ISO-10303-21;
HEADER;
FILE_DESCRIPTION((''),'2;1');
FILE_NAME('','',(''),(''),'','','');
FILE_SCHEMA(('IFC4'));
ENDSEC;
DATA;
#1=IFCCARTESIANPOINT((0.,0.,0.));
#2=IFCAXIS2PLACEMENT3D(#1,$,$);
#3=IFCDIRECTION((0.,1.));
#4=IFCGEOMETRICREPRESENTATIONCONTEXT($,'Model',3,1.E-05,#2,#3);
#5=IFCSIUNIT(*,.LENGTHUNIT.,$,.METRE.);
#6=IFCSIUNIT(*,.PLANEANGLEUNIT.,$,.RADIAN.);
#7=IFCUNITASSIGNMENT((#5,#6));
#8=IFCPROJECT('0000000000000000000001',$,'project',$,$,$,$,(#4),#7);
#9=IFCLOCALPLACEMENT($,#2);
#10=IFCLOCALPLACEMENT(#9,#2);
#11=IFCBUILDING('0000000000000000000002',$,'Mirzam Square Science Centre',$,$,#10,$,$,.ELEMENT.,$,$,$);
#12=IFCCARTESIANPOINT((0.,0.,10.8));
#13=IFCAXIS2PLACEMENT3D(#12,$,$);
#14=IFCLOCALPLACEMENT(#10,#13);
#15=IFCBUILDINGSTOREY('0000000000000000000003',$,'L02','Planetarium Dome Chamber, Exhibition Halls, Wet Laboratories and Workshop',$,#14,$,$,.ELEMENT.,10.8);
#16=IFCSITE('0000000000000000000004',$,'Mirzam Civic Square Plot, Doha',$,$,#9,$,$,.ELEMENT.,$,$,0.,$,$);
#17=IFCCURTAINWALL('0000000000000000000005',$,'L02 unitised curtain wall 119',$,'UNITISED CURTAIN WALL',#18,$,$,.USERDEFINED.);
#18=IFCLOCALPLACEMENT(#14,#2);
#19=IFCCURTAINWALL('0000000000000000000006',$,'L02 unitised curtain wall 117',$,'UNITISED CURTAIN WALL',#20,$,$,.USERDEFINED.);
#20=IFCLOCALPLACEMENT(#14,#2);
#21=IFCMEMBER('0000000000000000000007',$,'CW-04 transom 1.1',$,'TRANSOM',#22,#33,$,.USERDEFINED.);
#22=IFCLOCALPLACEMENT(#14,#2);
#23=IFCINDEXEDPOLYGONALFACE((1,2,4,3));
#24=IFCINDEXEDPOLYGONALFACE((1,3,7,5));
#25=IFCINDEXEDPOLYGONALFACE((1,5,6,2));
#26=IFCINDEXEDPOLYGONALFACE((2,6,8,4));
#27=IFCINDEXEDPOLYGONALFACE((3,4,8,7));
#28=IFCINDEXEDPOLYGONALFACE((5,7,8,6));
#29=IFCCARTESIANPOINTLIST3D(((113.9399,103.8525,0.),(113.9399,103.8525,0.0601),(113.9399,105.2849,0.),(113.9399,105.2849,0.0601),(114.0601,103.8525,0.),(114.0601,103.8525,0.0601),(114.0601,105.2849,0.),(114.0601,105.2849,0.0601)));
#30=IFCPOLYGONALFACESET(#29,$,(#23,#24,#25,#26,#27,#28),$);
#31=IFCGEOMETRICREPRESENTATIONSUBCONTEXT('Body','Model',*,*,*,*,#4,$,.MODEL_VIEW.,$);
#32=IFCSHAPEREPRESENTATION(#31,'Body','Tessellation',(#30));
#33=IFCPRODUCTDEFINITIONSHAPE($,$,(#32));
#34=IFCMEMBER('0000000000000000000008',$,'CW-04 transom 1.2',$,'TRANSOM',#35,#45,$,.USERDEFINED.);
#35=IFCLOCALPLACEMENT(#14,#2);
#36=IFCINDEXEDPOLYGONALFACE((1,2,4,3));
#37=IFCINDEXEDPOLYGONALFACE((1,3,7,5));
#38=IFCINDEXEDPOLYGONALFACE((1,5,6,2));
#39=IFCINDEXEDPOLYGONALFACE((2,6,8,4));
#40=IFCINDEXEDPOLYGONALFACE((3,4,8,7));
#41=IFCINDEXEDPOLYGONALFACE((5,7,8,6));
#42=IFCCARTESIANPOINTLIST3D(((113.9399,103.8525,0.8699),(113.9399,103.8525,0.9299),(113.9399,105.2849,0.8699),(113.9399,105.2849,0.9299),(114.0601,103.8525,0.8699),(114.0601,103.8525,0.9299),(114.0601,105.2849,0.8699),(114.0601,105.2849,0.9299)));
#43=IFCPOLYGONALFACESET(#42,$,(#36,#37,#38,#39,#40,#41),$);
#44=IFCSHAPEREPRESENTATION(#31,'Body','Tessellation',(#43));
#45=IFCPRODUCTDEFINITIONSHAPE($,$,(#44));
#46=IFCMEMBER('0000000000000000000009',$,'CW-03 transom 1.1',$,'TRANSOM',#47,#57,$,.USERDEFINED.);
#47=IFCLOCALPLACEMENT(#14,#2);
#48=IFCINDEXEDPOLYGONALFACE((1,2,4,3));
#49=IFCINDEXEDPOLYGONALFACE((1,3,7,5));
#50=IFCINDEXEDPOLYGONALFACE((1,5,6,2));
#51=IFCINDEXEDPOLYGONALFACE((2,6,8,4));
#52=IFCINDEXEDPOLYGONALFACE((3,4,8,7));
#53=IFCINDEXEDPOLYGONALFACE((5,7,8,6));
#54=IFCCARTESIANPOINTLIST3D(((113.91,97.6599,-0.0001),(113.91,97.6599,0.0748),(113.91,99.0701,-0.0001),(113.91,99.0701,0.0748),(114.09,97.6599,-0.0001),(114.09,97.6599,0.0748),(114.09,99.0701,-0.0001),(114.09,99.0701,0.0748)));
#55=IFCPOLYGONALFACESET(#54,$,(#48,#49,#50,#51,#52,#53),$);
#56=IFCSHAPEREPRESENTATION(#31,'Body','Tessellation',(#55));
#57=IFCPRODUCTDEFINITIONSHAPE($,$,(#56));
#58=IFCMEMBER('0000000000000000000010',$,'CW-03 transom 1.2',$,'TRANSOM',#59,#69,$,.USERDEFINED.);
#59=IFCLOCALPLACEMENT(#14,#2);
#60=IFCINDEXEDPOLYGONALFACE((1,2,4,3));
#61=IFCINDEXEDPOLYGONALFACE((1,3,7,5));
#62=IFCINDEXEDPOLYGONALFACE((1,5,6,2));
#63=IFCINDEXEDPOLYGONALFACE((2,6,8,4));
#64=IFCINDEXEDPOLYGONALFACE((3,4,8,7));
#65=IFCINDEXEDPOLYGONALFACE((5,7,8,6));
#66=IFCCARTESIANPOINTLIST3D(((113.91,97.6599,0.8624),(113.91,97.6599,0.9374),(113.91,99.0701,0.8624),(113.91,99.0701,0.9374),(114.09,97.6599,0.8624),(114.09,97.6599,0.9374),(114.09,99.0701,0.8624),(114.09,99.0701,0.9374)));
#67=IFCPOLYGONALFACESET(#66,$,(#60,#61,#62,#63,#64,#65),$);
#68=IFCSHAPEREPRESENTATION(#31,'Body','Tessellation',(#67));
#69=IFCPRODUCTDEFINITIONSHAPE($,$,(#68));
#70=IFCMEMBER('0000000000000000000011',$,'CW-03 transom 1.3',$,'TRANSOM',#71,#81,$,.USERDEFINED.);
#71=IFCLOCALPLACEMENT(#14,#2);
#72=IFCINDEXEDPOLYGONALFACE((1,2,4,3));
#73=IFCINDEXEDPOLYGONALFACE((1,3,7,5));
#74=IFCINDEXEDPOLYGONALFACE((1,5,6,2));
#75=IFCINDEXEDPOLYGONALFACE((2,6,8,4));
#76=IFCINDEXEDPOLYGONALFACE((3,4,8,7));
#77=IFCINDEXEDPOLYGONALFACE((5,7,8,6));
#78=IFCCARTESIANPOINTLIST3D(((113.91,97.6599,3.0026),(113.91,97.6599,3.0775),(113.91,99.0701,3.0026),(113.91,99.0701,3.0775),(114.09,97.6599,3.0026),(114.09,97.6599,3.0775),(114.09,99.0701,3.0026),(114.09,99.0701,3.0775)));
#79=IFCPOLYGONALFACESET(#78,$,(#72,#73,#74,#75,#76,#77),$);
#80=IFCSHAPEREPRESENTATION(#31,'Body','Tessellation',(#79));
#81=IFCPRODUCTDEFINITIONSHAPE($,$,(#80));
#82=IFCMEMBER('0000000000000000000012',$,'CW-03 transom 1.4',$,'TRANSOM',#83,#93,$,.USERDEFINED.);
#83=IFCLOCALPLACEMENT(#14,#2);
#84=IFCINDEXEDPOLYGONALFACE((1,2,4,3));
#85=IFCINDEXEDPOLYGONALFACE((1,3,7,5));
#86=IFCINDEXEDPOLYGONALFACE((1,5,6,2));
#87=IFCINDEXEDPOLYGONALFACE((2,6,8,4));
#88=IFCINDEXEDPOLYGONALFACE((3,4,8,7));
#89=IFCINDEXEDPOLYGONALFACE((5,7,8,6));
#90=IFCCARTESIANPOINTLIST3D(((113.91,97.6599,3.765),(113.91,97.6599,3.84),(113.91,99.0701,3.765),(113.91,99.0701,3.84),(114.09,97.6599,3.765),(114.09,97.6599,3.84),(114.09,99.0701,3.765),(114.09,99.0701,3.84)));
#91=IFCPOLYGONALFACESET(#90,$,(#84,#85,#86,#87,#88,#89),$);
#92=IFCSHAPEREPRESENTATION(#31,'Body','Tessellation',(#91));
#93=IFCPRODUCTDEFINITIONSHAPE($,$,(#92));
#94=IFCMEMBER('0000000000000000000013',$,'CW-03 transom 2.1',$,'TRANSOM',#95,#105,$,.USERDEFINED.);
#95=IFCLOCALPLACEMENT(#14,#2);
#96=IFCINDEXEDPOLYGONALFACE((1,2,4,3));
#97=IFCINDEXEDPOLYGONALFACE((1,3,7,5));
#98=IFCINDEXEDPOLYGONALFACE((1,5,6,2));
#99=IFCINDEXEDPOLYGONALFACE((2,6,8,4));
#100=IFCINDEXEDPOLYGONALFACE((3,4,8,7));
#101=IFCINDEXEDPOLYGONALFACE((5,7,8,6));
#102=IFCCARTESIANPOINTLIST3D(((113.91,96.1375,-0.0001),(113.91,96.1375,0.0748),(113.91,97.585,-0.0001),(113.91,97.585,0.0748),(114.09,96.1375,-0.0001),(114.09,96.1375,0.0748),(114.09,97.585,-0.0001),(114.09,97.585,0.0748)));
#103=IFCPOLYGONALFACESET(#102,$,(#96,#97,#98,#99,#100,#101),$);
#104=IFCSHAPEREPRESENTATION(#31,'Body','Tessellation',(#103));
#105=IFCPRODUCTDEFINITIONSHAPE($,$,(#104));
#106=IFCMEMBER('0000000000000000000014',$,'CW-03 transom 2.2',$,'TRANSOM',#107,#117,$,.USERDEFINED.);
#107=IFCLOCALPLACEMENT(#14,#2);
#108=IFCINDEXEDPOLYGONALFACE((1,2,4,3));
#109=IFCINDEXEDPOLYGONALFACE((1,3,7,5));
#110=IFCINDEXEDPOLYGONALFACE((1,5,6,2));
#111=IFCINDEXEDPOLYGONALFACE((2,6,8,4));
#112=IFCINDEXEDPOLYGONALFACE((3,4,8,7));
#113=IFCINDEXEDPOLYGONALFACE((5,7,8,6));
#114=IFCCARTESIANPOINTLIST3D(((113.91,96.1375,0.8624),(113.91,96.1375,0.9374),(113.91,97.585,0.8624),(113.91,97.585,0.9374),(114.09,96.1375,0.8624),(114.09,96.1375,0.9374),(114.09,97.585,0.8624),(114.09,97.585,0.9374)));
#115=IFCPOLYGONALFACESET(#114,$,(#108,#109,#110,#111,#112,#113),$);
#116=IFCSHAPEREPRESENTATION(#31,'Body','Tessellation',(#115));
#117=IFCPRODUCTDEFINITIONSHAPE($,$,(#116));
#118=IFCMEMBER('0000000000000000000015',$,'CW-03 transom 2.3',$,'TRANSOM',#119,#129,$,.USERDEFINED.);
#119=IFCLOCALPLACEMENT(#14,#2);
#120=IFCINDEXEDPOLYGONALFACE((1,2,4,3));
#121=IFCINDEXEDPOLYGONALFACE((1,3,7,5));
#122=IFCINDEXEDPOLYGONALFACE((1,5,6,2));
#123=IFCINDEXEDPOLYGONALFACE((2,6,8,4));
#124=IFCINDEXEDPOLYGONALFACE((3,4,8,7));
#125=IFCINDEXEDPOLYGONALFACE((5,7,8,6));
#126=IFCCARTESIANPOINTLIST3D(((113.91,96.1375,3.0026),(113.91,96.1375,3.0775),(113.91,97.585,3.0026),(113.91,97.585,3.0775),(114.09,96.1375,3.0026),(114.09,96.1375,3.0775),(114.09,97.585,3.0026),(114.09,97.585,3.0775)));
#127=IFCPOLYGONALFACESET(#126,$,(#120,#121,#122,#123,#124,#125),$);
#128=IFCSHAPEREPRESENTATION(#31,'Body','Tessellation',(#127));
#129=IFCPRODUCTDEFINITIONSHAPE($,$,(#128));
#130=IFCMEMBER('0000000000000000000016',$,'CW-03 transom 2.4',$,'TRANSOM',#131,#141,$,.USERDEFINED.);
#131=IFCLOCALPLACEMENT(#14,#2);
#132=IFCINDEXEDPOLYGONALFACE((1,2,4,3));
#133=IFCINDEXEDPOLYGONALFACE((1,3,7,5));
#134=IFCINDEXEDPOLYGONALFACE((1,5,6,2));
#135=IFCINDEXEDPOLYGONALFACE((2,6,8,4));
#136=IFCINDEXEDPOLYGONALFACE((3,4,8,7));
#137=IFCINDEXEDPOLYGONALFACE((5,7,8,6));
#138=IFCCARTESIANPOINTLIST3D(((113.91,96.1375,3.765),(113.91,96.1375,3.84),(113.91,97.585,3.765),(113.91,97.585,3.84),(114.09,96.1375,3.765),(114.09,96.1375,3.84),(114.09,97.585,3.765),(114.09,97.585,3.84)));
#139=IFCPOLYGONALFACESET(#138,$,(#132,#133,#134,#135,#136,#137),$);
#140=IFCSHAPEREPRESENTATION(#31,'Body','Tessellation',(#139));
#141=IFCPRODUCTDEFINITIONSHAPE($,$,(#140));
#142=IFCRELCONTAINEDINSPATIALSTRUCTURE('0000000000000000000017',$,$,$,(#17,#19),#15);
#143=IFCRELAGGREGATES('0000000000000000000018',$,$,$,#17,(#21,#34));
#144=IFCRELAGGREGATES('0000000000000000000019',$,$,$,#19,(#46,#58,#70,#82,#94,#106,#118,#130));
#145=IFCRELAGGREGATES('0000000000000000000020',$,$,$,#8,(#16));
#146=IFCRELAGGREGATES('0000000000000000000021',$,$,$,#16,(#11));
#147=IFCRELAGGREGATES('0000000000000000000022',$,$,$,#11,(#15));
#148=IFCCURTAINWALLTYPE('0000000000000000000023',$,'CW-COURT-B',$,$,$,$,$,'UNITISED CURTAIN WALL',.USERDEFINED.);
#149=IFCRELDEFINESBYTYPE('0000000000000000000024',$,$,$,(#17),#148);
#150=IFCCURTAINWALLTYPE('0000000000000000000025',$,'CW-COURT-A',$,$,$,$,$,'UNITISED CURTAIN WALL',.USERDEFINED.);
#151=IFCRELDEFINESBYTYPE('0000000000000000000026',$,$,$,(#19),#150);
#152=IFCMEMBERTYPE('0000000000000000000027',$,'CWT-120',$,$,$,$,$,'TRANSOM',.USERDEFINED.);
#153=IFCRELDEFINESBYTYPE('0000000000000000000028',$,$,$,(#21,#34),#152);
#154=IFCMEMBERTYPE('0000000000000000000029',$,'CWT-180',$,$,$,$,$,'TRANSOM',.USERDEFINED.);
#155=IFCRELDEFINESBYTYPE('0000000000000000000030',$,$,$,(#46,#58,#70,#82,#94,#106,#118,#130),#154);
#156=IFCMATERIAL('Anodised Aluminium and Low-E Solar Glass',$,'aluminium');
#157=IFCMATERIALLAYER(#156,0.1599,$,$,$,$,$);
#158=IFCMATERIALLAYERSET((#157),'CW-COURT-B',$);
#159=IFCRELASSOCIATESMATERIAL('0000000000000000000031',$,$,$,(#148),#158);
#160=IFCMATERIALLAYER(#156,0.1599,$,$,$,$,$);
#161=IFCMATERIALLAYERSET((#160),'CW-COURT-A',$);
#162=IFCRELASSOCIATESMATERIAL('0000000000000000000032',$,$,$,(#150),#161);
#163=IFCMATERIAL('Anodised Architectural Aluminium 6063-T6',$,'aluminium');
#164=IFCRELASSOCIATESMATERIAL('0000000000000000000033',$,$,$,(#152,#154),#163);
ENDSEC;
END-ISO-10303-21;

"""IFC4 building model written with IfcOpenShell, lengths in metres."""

from ifc_helpers import new_model, si_unit, direction, frame, origin, origin_2d, place, context, subcontext, project, spatial, rectangle, extrude, material, layer, layer_set, material_profile, profile_set, type_object, element, aggregate, save


model = new_model("IFC4")

# Units and contexts
model_context = context("Model", 3, precision=1e-05, world=origin(), true_north=direction((0.0, 1.0)))
body_context = subcontext(model_context, "Body", "Model", "MODEL_VIEW")
ifc_project = project(units=[si_unit("LENGTHUNIT", "METRE"), si_unit("PLANEANGLEUNIT", "RADIAN")], contexts=[model_context])

# Site, building, storey
site_placement = place(None, origin())
site = spatial("IfcSite", under=ifc_project, at=site_placement, Name="Mirzam Civic Square Plot, Doha", CompositionType="ELEMENT", RefElevation=0.0)
building_placement = place(site_placement, origin())
building = spatial("IfcBuilding", under=site, at=building_placement, Name="Mirzam Square Science Centre", CompositionType="ELEMENT")
storey_placement = place(building_placement, frame((0.0, 0.0, 10.8)))
storey = spatial("IfcBuildingStorey", under=building, at=storey_placement, Name="L02", Description="Planetarium Dome Chamber, Exhibition Halls, Wet Laboratories and Workshop", CompositionType="ELEMENT", Elevation=10.8)

# Curtain walls
ifc_material_1 = material(Name="Anodised Aluminium and Low-E Solar Glass", Category="aluminium")
ifc_layer_1 = layer(ifc_material_1, 0.1599)
ifc_layer_set_1 = layer_set([ifc_layer_1], Name="CW-COURT-B")
curtain_wall_type_1 = type_object("IfcCurtainWallType", Name="CW-COURT-B", ElementType="UNITISED CURTAIN WALL", PredefinedType="USERDEFINED", material=ifc_layer_set_1)
curtain_wall_1_placement = place(storey_placement, origin())
curtain_wall_1 = element("IfcCurtainWall", 1, at=curtain_wall_1_placement, inside=storey, type_object=curtain_wall_type_1, Name="L02 unitised curtain wall 119", ObjectType="UNITISED CURTAIN WALL", PredefinedType="USERDEFINED")
ifc_material_2 = material(Name="Anodised Architectural Aluminium 6063-T6", Category="aluminium")
ifc_layer_2 = layer(ifc_material_1, 0.1599)
ifc_layer_set_2 = layer_set([ifc_layer_2], Name="CW-COURT-A")
curtain_wall_type_2 = type_object("IfcCurtainWallType", Name="CW-COURT-A", ElementType="UNITISED CURTAIN WALL", PredefinedType="USERDEFINED", material=ifc_layer_set_2)
curtain_wall_2_placement = place(storey_placement, origin())
curtain_wall_2 = element("IfcCurtainWall", 2, at=curtain_wall_2_placement, inside=storey, type_object=curtain_wall_type_2, Name="L02 unitised curtain wall 117", ObjectType="UNITISED CURTAIN WALL", PredefinedType="USERDEFINED")

# Members
ifc_material_profile_1 = material_profile(ifc_material_2, rectangle(XDim=0.1201, YDim=0.0601, at=origin_2d()), Name="ALU-TRAN-120x60x4")
ifc_profile_set_1 = profile_set([ifc_material_profile_1], Name="Anodised Architectural Aluminium 6063-T6")
member_type_1 = type_object("IfcMemberType", Name="CWT-120", ElementType="TRANSOM", PredefinedType="USERDEFINED", material=ifc_profile_set_1)
member_1_placement = place(storey_placement, frame((114.0, 105.2849, 0.03), z_axis=(0.0, -1.0, 0.0), x_axis=(1.0, 0.0, 0.0)))
member_1 = element("IfcMember", 3, at=member_1_placement, type_object=member_type_1, Name="CW-04 transom 1.1", ObjectType="TRANSOM", PredefinedType="USERDEFINED", context=body_context, shape_type="SweptSolid", body=[
    extrude(rectangle(XDim=0.1201, YDim=0.0601, at=origin_2d()), origin(), (0.0, 0.0, 1.0), 1.4324),
])
member_2_placement = place(storey_placement, frame((114.0, 105.2849, 0.8999), z_axis=(0.0, -1.0, 0.0), x_axis=(1.0, 0.0, 0.0)))
member_2 = element("IfcMember", 4, at=member_2_placement, type_object=member_type_1, Name="CW-04 transom 1.2", ObjectType="TRANSOM", PredefinedType="USERDEFINED", context=body_context, shape_type="SweptSolid", body=[
    extrude(rectangle(XDim=0.1201, YDim=0.0601, at=origin_2d()), origin(), (0.0, 0.0, 1.0), 1.4324),
])
aggregate(curtain_wall_1, [member_1, member_2])
ifc_material_profile_2 = material_profile(ifc_material_2, rectangle(XDim=0.1799, YDim=0.075, at=origin_2d()), Name="ALU-TRAN-180x75x5")
ifc_profile_set_2 = profile_set([ifc_material_profile_2], Name="Anodised Architectural Aluminium 6063-T6")
member_type_2 = type_object("IfcMemberType", Name="CWT-180", ElementType="TRANSOM", PredefinedType="USERDEFINED", material=ifc_profile_set_2)
member_3_placement = place(storey_placement, frame((114.0, 99.0701, 0.0374), z_axis=(0.0, -1.0, 0.0), x_axis=(1.0, 0.0, 0.0)))
member_3 = element("IfcMember", 5, at=member_3_placement, type_object=member_type_2, Name="CW-03 transom 1.1", ObjectType="TRANSOM", PredefinedType="USERDEFINED", context=body_context, shape_type="SweptSolid", body=[
    extrude(rectangle(XDim=0.1799, YDim=0.075, at=origin_2d()), origin(), (0.0, 0.0, 1.0), 1.4102),
])
member_4_placement = place(storey_placement, frame((114.0, 99.0701, 0.8999), z_axis=(0.0, -1.0, 0.0), x_axis=(1.0, 0.0, 0.0)))
member_4 = element("IfcMember", 6, at=member_4_placement, type_object=member_type_2, Name="CW-03 transom 1.2", ObjectType="TRANSOM", PredefinedType="USERDEFINED", context=body_context, shape_type="SweptSolid", body=[
    extrude(rectangle(XDim=0.1799, YDim=0.075, at=origin_2d()), origin(), (0.0, 0.0, 1.0), 1.4102),
])
member_5_placement = place(storey_placement, frame((114.0, 99.0701, 3.04), z_axis=(0.0, -1.0, 0.0), x_axis=(1.0, 0.0, 0.0)))
member_5 = element("IfcMember", 7, at=member_5_placement, type_object=member_type_2, Name="CW-03 transom 1.3", ObjectType="TRANSOM", PredefinedType="USERDEFINED", context=body_context, shape_type="SweptSolid", body=[
    extrude(rectangle(XDim=0.1799, YDim=0.075, at=origin_2d()), origin(), (0.0, 0.0, 1.0), 1.4102),
])
member_6_placement = place(storey_placement, frame((114.0, 99.0701, 3.8025), z_axis=(0.0, -1.0, 0.0), x_axis=(1.0, 0.0, 0.0)))
member_6 = element("IfcMember", 8, at=member_6_placement, type_object=member_type_2, Name="CW-03 transom 1.4", ObjectType="TRANSOM", PredefinedType="USERDEFINED", context=body_context, shape_type="SweptSolid", body=[
    extrude(rectangle(XDim=0.1799, YDim=0.075, at=origin_2d()), origin(), (0.0, 0.0, 1.0), 1.4102),
])
member_7_placement = place(storey_placement, frame((114.0, 97.585, 0.0374), z_axis=(0.0, -1.0, 0.0), x_axis=(1.0, 0.0, 0.0)))
member_7 = element("IfcMember", 9, at=member_7_placement, type_object=member_type_2, Name="CW-03 transom 2.1", ObjectType="TRANSOM", PredefinedType="USERDEFINED", context=body_context, shape_type="SweptSolid", body=[
    extrude(rectangle(XDim=0.1799, YDim=0.075, at=origin_2d()), origin(), (0.0, 0.0, 1.0), 1.4475),
])
member_8_placement = place(storey_placement, frame((114.0, 97.585, 0.8999), z_axis=(0.0, -1.0, 0.0), x_axis=(1.0, 0.0, 0.0)))
member_8 = element("IfcMember", 10, at=member_8_placement, type_object=member_type_2, Name="CW-03 transom 2.2", ObjectType="TRANSOM", PredefinedType="USERDEFINED", context=body_context, shape_type="SweptSolid", body=[
    extrude(rectangle(XDim=0.1799, YDim=0.075, at=origin_2d()), origin(), (0.0, 0.0, 1.0), 1.4475),
])
member_9_placement = place(storey_placement, frame((114.0, 97.585, 3.04), z_axis=(0.0, -1.0, 0.0), x_axis=(1.0, 0.0, 0.0)))
member_9 = element("IfcMember", 11, at=member_9_placement, type_object=member_type_2, Name="CW-03 transom 2.3", ObjectType="TRANSOM", PredefinedType="USERDEFINED", context=body_context, shape_type="SweptSolid", body=[
    extrude(rectangle(XDim=0.1799, YDim=0.075, at=origin_2d()), origin(), (0.0, 0.0, 1.0), 1.4475),
])
member_10_placement = place(storey_placement, frame((114.0, 97.585, 3.8025), z_axis=(0.0, -1.0, 0.0), x_axis=(1.0, 0.0, 0.0)))
member_10 = element("IfcMember", 12, at=member_10_placement, type_object=member_type_2, Name="CW-03 transom 2.4", ObjectType="TRANSOM", PredefinedType="USERDEFINED", context=body_context, shape_type="SweptSolid", body=[
    extrude(rectangle(XDim=0.1799, YDim=0.075, at=origin_2d()), origin(), (0.0, 0.0, 1.0), 1.4475),
])

aggregate(curtain_wall_2, [member_3, member_4, member_5, member_6, member_7, member_8, member_9, member_10])

save(model, "model.ifc")
